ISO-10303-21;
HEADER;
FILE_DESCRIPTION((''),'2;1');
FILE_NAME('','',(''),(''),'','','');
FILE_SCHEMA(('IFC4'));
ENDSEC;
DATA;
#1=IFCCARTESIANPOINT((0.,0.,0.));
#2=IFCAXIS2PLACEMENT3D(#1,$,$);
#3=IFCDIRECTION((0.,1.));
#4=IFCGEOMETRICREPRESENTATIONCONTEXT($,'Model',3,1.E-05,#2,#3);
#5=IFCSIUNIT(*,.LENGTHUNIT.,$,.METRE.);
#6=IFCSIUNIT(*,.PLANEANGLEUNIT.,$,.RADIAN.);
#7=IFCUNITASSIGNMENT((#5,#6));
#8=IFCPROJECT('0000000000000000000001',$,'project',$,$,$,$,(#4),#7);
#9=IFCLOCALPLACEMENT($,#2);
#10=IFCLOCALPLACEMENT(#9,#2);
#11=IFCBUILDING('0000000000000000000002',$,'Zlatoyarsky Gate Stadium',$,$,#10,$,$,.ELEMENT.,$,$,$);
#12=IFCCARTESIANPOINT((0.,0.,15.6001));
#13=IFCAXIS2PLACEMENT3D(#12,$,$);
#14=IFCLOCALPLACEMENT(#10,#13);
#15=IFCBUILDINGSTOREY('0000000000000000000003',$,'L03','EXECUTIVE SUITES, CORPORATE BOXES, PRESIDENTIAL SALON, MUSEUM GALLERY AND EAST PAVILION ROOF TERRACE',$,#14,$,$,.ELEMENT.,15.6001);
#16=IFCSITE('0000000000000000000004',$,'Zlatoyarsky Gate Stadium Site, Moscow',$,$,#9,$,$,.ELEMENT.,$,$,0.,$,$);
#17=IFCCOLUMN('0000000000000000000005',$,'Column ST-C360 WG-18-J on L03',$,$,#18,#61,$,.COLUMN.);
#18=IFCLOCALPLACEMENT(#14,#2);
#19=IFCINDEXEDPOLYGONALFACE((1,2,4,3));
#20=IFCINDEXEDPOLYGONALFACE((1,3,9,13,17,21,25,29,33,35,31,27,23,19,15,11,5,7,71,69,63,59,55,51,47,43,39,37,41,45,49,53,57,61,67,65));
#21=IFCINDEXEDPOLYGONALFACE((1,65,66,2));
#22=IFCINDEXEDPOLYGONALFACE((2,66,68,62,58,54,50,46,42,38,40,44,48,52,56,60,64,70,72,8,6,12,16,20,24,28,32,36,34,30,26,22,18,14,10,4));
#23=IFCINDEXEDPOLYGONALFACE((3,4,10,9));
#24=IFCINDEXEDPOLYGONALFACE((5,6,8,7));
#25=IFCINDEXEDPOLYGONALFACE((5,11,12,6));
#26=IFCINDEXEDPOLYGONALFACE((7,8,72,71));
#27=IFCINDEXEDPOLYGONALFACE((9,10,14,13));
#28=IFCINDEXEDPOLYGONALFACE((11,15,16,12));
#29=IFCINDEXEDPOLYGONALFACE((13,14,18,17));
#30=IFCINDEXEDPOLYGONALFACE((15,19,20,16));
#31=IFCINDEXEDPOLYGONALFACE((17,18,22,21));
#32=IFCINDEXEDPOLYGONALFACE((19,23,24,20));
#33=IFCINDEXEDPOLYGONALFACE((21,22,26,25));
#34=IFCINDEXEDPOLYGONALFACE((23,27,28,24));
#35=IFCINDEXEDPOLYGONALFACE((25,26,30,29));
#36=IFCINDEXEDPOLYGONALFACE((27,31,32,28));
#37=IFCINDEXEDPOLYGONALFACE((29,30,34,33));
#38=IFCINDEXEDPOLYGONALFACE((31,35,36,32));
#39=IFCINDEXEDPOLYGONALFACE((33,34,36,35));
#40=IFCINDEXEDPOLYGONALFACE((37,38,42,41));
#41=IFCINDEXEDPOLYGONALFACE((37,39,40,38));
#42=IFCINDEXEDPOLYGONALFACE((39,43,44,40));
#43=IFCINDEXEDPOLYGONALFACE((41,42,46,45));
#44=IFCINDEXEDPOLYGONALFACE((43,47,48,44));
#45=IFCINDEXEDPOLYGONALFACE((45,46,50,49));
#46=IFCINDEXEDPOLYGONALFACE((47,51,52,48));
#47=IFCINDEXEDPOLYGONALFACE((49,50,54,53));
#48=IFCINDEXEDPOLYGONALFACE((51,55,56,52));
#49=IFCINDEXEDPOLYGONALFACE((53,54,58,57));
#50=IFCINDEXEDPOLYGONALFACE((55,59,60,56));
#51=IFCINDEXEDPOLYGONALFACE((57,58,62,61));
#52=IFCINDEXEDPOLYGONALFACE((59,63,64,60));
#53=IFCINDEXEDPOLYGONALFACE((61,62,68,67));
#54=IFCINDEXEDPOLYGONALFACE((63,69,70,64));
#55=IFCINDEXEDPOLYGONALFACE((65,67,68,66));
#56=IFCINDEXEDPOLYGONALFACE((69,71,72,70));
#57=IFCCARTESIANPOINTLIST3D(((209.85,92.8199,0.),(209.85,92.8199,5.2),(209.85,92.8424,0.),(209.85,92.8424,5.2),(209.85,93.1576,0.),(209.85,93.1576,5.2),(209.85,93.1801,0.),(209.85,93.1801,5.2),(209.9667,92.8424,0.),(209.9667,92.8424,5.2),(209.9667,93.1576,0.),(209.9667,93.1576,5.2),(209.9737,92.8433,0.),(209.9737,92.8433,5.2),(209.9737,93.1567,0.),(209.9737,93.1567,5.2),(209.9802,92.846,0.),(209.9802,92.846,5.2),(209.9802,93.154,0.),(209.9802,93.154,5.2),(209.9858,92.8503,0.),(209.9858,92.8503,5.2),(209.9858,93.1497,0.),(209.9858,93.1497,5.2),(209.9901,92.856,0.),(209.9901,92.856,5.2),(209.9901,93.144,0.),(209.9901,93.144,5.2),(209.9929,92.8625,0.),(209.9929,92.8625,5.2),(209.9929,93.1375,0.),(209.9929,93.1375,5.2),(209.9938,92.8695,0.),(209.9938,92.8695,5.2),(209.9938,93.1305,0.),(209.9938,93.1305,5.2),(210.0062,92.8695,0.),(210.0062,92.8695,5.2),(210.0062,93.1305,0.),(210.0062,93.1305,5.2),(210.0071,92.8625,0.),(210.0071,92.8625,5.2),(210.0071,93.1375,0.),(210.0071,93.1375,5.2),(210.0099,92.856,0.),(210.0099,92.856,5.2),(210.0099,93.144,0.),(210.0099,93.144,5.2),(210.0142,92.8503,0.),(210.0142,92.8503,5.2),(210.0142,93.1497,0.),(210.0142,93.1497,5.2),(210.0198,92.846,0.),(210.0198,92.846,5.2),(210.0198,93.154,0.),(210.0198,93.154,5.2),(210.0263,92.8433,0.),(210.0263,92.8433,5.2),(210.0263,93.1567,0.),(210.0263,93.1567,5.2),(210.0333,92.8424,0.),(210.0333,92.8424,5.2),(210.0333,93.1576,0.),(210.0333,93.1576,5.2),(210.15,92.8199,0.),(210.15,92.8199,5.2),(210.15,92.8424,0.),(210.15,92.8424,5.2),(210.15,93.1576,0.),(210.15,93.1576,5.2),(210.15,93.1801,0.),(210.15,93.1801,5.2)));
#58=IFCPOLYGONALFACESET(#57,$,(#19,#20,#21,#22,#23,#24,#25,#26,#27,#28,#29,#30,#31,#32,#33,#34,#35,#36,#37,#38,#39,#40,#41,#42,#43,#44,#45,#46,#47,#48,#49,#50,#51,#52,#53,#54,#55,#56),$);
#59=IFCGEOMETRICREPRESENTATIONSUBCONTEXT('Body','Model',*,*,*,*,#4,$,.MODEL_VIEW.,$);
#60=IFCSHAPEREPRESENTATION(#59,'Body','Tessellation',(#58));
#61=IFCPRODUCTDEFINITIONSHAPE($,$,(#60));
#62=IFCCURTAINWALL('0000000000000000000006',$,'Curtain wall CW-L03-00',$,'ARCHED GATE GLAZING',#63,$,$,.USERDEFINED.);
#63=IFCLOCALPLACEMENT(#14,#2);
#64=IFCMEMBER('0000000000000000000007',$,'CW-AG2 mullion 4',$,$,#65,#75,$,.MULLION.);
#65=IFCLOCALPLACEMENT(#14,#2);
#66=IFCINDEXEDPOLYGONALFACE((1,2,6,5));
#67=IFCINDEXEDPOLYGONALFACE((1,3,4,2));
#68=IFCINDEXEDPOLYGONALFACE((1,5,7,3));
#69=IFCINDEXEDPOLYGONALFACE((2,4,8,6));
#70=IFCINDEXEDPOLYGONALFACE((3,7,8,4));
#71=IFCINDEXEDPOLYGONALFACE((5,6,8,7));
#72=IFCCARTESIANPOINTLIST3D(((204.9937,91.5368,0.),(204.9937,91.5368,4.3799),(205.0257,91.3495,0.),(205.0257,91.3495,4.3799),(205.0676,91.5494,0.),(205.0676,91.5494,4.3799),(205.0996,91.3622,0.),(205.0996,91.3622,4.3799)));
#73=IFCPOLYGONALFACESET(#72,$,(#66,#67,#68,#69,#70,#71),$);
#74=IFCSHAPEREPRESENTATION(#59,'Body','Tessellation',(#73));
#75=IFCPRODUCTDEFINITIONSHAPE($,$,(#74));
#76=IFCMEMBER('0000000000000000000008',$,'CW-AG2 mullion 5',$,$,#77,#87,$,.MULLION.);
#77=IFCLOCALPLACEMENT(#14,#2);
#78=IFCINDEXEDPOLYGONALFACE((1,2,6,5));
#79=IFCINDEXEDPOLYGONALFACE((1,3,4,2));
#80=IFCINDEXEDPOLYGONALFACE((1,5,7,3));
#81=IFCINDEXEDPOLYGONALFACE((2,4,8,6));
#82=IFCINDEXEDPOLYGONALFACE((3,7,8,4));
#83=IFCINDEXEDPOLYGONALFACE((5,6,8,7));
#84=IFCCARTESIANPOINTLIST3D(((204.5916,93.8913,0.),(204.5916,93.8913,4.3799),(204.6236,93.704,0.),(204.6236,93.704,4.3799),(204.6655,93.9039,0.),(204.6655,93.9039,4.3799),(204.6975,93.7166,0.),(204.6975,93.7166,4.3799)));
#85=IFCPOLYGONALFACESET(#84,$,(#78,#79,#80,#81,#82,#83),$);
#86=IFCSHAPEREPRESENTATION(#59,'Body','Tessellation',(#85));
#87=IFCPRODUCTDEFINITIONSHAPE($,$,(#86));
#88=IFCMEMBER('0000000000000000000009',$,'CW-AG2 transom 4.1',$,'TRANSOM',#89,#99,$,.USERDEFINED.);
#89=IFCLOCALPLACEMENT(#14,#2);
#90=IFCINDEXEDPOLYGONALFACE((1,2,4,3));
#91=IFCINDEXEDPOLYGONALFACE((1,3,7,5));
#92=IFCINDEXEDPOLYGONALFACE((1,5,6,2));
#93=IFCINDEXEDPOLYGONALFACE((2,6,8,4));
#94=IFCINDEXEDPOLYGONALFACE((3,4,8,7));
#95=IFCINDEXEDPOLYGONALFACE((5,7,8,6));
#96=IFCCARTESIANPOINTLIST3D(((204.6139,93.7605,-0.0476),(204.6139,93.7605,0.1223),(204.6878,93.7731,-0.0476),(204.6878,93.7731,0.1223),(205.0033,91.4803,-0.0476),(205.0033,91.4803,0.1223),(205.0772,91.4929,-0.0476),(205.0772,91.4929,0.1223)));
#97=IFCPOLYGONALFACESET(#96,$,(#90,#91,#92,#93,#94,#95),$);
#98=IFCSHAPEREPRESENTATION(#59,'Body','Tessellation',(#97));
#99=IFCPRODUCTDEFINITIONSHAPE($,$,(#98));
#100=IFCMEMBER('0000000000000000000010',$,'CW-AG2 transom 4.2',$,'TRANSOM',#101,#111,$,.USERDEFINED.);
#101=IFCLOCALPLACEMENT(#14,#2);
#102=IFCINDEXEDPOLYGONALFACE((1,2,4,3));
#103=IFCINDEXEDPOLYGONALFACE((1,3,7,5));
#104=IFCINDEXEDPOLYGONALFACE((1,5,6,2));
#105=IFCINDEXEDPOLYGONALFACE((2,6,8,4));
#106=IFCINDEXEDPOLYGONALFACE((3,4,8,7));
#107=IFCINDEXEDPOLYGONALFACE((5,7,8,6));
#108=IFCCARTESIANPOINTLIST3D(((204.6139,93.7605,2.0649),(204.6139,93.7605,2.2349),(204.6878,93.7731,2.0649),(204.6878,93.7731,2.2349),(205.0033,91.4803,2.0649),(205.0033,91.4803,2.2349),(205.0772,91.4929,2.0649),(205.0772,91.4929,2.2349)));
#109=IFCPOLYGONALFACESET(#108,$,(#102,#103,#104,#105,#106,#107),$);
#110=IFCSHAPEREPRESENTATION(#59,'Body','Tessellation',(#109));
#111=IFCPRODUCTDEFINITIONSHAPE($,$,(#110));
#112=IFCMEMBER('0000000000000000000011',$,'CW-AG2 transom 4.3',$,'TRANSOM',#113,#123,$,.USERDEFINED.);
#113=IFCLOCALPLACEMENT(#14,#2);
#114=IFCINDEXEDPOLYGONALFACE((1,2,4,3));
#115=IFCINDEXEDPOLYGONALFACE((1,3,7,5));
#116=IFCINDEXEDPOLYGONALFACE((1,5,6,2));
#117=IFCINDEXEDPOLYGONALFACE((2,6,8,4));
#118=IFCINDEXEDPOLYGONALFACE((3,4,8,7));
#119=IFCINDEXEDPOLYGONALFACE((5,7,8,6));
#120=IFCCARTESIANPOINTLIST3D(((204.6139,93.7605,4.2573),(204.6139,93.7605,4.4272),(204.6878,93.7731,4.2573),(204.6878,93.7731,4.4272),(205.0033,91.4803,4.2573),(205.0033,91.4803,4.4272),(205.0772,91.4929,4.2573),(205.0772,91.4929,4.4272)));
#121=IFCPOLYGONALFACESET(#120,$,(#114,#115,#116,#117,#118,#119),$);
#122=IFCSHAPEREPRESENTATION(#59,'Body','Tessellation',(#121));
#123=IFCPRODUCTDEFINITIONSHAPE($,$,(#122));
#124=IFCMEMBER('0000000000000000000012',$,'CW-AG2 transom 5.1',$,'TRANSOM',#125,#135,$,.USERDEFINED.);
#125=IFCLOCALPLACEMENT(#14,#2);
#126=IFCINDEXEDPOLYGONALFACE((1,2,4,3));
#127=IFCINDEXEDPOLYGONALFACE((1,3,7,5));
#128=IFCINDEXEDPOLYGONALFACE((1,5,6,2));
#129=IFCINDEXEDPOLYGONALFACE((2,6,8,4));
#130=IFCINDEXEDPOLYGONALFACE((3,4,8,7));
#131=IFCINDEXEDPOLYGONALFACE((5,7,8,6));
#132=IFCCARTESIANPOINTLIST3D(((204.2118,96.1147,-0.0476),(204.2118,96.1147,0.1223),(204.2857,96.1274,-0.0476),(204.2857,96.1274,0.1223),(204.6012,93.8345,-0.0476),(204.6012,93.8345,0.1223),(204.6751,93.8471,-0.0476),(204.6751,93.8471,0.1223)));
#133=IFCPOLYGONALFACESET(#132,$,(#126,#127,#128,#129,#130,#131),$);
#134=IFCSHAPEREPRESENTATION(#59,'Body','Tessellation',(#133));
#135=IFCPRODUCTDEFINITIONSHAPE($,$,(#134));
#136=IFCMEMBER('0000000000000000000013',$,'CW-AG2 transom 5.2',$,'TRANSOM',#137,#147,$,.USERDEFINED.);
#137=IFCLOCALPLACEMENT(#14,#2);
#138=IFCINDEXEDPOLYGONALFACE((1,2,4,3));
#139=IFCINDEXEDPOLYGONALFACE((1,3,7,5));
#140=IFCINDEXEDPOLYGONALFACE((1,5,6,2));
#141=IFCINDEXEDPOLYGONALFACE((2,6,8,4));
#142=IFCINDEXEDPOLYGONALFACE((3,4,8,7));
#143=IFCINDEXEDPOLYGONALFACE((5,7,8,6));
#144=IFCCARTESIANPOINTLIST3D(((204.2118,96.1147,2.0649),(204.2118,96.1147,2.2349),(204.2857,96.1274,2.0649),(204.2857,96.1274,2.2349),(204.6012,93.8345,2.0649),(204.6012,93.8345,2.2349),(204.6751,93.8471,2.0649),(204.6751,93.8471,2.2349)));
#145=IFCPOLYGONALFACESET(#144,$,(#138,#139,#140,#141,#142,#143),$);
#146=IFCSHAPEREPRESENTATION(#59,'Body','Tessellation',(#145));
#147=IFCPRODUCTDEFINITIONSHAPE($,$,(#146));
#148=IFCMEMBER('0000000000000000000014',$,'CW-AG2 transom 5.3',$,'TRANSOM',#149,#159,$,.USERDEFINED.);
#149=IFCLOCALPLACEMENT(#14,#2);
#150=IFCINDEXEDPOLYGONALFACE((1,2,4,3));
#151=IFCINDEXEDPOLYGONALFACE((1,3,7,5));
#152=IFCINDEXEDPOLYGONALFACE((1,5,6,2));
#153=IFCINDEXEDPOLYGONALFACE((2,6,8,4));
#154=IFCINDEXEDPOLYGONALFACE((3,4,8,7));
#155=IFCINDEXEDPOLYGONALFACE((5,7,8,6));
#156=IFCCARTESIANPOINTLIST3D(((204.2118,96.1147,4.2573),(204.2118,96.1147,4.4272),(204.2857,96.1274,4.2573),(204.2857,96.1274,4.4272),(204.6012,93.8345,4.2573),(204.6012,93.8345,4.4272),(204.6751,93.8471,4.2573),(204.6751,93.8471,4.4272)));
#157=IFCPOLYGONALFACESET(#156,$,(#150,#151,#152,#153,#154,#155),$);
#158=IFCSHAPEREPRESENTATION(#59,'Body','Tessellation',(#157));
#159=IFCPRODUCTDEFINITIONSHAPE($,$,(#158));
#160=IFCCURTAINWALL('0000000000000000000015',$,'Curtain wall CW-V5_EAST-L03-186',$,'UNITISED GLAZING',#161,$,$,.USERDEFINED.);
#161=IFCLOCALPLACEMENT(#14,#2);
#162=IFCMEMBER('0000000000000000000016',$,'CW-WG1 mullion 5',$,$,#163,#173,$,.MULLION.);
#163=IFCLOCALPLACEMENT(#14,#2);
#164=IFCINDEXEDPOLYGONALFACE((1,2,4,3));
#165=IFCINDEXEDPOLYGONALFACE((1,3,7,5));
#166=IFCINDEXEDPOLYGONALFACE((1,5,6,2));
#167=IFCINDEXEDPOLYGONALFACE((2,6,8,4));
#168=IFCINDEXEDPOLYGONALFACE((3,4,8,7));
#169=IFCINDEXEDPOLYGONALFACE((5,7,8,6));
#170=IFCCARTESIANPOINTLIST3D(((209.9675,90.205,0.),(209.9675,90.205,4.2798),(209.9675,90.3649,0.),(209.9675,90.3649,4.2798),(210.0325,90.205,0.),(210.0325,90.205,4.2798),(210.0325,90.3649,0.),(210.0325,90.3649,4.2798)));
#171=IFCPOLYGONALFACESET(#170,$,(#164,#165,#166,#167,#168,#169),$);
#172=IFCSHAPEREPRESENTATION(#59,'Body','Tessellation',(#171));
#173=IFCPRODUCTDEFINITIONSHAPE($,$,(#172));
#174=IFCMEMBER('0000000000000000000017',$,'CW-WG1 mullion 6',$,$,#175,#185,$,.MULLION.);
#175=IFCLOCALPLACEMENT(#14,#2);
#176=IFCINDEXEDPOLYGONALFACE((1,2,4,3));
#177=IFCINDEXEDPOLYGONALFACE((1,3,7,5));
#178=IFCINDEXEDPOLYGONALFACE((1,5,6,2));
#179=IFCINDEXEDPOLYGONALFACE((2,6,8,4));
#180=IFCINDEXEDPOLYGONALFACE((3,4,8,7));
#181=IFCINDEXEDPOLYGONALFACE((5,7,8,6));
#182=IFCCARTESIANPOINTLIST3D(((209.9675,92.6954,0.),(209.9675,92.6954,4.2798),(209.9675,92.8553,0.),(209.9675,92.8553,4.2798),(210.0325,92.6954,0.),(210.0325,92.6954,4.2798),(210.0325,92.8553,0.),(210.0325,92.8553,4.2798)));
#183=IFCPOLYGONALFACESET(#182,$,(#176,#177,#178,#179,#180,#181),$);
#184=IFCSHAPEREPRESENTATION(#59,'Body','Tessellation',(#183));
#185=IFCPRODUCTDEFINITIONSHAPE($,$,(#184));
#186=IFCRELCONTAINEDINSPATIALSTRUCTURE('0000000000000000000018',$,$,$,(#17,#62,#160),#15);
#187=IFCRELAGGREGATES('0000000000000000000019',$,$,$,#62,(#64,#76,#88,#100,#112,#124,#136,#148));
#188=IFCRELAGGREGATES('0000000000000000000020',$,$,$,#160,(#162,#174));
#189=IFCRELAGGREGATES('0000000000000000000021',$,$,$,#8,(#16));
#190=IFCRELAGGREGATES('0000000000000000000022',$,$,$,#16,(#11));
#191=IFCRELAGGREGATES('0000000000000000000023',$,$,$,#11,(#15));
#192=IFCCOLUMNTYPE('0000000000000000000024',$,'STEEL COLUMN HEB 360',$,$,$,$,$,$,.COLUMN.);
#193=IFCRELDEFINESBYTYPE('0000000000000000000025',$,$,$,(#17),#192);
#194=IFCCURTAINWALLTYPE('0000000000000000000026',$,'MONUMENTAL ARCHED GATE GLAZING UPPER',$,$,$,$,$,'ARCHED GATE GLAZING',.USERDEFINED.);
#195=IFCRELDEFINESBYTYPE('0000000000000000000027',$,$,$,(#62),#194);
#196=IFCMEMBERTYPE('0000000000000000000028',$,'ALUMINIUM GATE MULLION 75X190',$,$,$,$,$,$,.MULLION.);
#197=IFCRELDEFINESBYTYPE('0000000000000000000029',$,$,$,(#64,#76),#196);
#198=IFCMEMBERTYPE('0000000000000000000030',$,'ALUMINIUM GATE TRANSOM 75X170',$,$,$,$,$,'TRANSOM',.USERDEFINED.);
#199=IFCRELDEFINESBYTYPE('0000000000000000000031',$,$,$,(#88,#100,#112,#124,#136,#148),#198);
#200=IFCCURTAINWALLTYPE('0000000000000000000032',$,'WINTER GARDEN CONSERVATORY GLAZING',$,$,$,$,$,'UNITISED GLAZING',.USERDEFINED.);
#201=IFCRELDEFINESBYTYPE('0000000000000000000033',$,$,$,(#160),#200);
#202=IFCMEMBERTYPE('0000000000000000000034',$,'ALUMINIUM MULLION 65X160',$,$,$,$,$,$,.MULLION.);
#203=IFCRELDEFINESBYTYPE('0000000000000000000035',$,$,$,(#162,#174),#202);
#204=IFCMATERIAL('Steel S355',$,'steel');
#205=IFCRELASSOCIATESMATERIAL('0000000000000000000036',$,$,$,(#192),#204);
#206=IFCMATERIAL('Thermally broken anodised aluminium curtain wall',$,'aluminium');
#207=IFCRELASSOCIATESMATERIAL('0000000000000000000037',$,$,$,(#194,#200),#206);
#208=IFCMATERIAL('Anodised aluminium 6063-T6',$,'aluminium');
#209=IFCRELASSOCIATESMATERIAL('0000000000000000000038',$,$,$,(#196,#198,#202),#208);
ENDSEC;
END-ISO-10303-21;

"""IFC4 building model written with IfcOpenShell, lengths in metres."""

from ifc_helpers import new_model, si_unit, direction, frame, origin, origin_2d, place, context, subcontext, project, spatial, rectangle, i_section, extrude, material, material_profile, profile_set, type_object, element, aggregate, save


model = new_model("IFC4")

# Units and contexts
model_context = context("Model", 3, precision=1e-05, world=origin(), true_north=direction((0.0, 1.0)))
body_context = subcontext(model_context, "Body", "Model", "MODEL_VIEW")
ifc_project = project(units=[si_unit("LENGTHUNIT", "METRE"), si_unit("PLANEANGLEUNIT", "RADIAN")], contexts=[model_context])

# Site, building, storey
site_placement = place(None, origin())
site = spatial("IfcSite", under=ifc_project, at=site_placement, Name="Zlatoyarsky Gate Stadium Site, Moscow", CompositionType="ELEMENT", RefElevation=0.0)
building_placement = place(site_placement, origin())
building = spatial("IfcBuilding", under=site, at=building_placement, Name="Zlatoyarsky Gate Stadium", CompositionType="ELEMENT")
storey_placement = place(building_placement, frame((0.0, 0.0, 15.6001)))
storey = spatial("IfcBuildingStorey", under=building, at=storey_placement, Name="L03", Description="EXECUTIVE SUITES, CORPORATE BOXES, PRESIDENTIAL SALON, MUSEUM GALLERY AND EAST PAVILION ROOF TERRACE", CompositionType="ELEMENT", Elevation=15.6001)

# Column
ifc_material_1 = material(Name="Steel S355", Category="steel")
ifc_material_profile_1 = material_profile(ifc_material_1, i_section(OverallWidth=0.3, OverallDepth=0.3601, WebThickness=0.0125, FlangeThickness=0.0225, FilletRadius=0.0271, at=origin_2d()), Name="HEB 360")
ifc_profile_set_1 = profile_set([ifc_material_profile_1], Name="Steel S355")
column_type = type_object("IfcColumnType", Name="STEEL COLUMN HEB 360", PredefinedType="COLUMN", material=ifc_profile_set_1)
column_placement = place(storey_placement, frame((210.0, 93.0, 0.0), z_axis=(0.0, 0.0, 1.0), x_axis=(1.0, 0.0, 0.0)))
element("IfcColumn", 1, at=column_placement, inside=storey, type_object=column_type, Name="Column ST-C360 WG-18-J on L03", PredefinedType="COLUMN", context=body_context, shape_type="SweptSolid", body=[
    extrude(i_section(OverallWidth=0.3, OverallDepth=0.3601, WebThickness=0.0125, FlangeThickness=0.0225, FilletRadius=0.0271, at=origin_2d()), origin(), (0.0, 0.0, 1.0), 5.2),
])

# Curtain walls, members
ifc_material_2 = material(Name="Thermally broken anodised aluminium curtain wall", Category="aluminium")
curtain_wall_type_1 = type_object("IfcCurtainWallType", Name="MONUMENTAL ARCHED GATE GLAZING UPPER", ElementType="ARCHED GATE GLAZING", PredefinedType="USERDEFINED", material=ifc_material_2)
curtain_wall_1_placement = place(storey_placement, origin())
curtain_wall_1 = element("IfcCurtainWall", 2, at=curtain_wall_1_placement, inside=storey, type_object=curtain_wall_type_1, Name="Curtain wall CW-L03-00", ObjectType="ARCHED GATE GLAZING", PredefinedType="USERDEFINED")
ifc_material_3 = material(Name="Anodised aluminium 6063-T6", Category="aluminium")
ifc_material_profile_2 = material_profile(ifc_material_3, rectangle(XDim=0.075, YDim=0.1899, at=origin_2d()), Name="ALU 75X190")
ifc_profile_set_2 = profile_set([ifc_material_profile_2], Name="Anodised aluminium 6063-T6")
member_type_1 = type_object("IfcMemberType", Name="ALUMINIUM GATE MULLION 75X190", PredefinedType="MULLION", material=ifc_profile_set_2)
member_1_placement = place(storey_placement, frame((205.0466, 91.4495, 0.0), z_axis=(0.0, 0.0, 1.0), x_axis=(-0.985727, -0.168354, 0.0)))
member_1 = element("IfcMember", 3, at=member_1_placement, type_object=member_type_1, Name="CW-AG2 mullion 4", PredefinedType="MULLION", context=body_context, shape_type="SweptSolid", body=[
    extrude(rectangle(XDim=0.075, YDim=0.1899, at=origin_2d()), origin(), (0.0, 0.0, 1.0), 4.3799),
])
member_2_placement = place(storey_placement, frame((204.6445, 93.804, 0.0), z_axis=(0.0, 0.0, 1.0), x_axis=(-0.985727, -0.168354, 0.0)))
member_2 = element("IfcMember", 4, at=member_2_placement, type_object=member_type_1, Name="CW-AG2 mullion 5", PredefinedType="MULLION", context=body_context, shape_type="SweptSolid", body=[
    extrude(rectangle(XDim=0.075, YDim=0.1899, at=origin_2d()), origin(), (0.0, 0.0, 1.0), 4.3799),
])
ifc_material_profile_3 = material_profile(ifc_material_3, rectangle(XDim=0.075, YDim=0.1699, at=origin_2d()), Name="ALU 75X170")
ifc_profile_set_3 = profile_set([ifc_material_profile_3], Name="Anodised aluminium 6063-T6")
member_type_2 = type_object("IfcMemberType", Name="ALUMINIUM GATE TRANSOM 75X170", ElementType="TRANSOM", PredefinedType="USERDEFINED", material=ifc_profile_set_3)
member_3_placement = place(storey_placement, frame((205.0403, 91.4866, 0.0374), z_axis=(-0.168334, 0.98573, 0.0), x_axis=(-0.98573, -0.168334, 0.0)))
member_3 = element("IfcMember", 5, at=member_3_placement, type_object=member_type_2, Name="CW-AG2 transom 4.1", ObjectType="TRANSOM", PredefinedType="USERDEFINED", context=body_context, shape_type="SweptSolid", body=[
    extrude(rectangle(XDim=0.075, YDim=0.1699, at=origin_2d()), origin(), (0.0, 0.0, 1.0), 2.3132),
])
member_4_placement = place(storey_placement, frame((205.0403, 91.4866, 2.1499), z_axis=(-0.168334, 0.98573, 0.0), x_axis=(-0.98573, -0.168334, 0.0)))
member_4 = element("IfcMember", 6, at=member_4_placement, type_object=member_type_2, Name="CW-AG2 transom 4.2", ObjectType="TRANSOM", PredefinedType="USERDEFINED", context=body_context, shape_type="SweptSolid", body=[
    extrude(rectangle(XDim=0.075, YDim=0.1699, at=origin_2d()), origin(), (0.0, 0.0, 1.0), 2.3132),
])
member_5_placement = place(storey_placement, frame((205.0403, 91.4866, 4.3423), z_axis=(-0.168334, 0.98573, 0.0), x_axis=(-0.98573, -0.168334, 0.0)))
member_5 = element("IfcMember", 7, at=member_5_placement, type_object=member_type_2, Name="CW-AG2 transom 4.3", ObjectType="TRANSOM", PredefinedType="USERDEFINED", context=body_context, shape_type="SweptSolid", body=[
    extrude(rectangle(XDim=0.075, YDim=0.1699, at=origin_2d()), origin(), (0.0, 0.0, 1.0), 2.3132),
])
member_6_placement = place(storey_placement, frame((204.6382, 93.8408, 0.0374), z_axis=(-0.168334, 0.98573, 0.0), x_axis=(-0.98573, -0.168334, 0.0)))
member_6 = element("IfcMember", 8, at=member_6_placement, type_object=member_type_2, Name="CW-AG2 transom 5.1", ObjectType="TRANSOM", PredefinedType="USERDEFINED", context=body_context, shape_type="SweptSolid", body=[
    extrude(rectangle(XDim=0.075, YDim=0.1699, at=origin_2d()), origin(), (0.0, 0.0, 1.0), 2.3132),
])
member_7_placement = place(storey_placement, frame((204.6382, 93.8408, 2.1499), z_axis=(-0.168334, 0.98573, 0.0), x_axis=(-0.98573, -0.168334, 0.0)))
member_7 = element("IfcMember", 9, at=member_7_placement, type_object=member_type_2, Name="CW-AG2 transom 5.2", ObjectType="TRANSOM", PredefinedType="USERDEFINED", context=body_context, shape_type="SweptSolid", body=[
    extrude(rectangle(XDim=0.075, YDim=0.1699, at=origin_2d()), origin(), (0.0, 0.0, 1.0), 2.3132),
])
member_8_placement = place(storey_placement, frame((204.6382, 93.8408, 4.3423), z_axis=(-0.168334, 0.98573, 0.0), x_axis=(-0.98573, -0.168334, 0.0)))
member_8 = element("IfcMember", 10, at=member_8_placement, type_object=member_type_2, Name="CW-AG2 transom 5.3", ObjectType="TRANSOM", PredefinedType="USERDEFINED", context=body_context, shape_type="SweptSolid", body=[
    extrude(rectangle(XDim=0.075, YDim=0.1699, at=origin_2d()), origin(), (0.0, 0.0, 1.0), 2.3132),
])
curtain_wall_type_2 = type_object("IfcCurtainWallType", Name="WINTER GARDEN CONSERVATORY GLAZING", ElementType="UNITISED GLAZING", PredefinedType="USERDEFINED", material=ifc_material_2)
curtain_wall_2_placement = place(storey_placement, origin())
curtain_wall_2 = element("IfcCurtainWall", 11, at=curtain_wall_2_placement, inside=storey, type_object=curtain_wall_type_2, Name="Curtain wall CW-V5_EAST-L03-186", ObjectType="UNITISED GLAZING", PredefinedType="USERDEFINED")
ifc_material_profile_4 = material_profile(ifc_material_3, rectangle(XDim=0.0649, YDim=0.1599, at=origin_2d()), Name="ALU 65X160")
ifc_profile_set_4 = profile_set([ifc_material_profile_4], Name="Anodised aluminium 6063-T6")
member_type_3 = type_object("IfcMemberType", Name="ALUMINIUM MULLION 65X160", PredefinedType="MULLION", material=ifc_profile_set_4)
member_9_placement = place(storey_placement, frame((210.0, 90.2849, 0.0), z_axis=(0.0, 0.0, 1.0), x_axis=(-1.0, 0.0, 0.0)))
member_9 = element("IfcMember", 12, at=member_9_placement, type_object=member_type_3, Name="CW-WG1 mullion 5", PredefinedType="MULLION", context=body_context, shape_type="SweptSolid", body=[
    extrude(rectangle(XDim=0.0649, YDim=0.1599, at=origin_2d()), origin(), (0.0, 0.0, 1.0), 4.2798),
])
member_10_placement = place(storey_placement, frame((210.0, 92.7754, 0.0), z_axis=(0.0, 0.0, 1.0), x_axis=(-1.0, 0.0, 0.0)))
member_10 = element("IfcMember", 13, at=member_10_placement, type_object=member_type_3, Name="CW-WG1 mullion 6", PredefinedType="MULLION", context=body_context, shape_type="SweptSolid", body=[
    extrude(rectangle(XDim=0.0649, YDim=0.1599, at=origin_2d()), origin(), (0.0, 0.0, 1.0), 4.2798),
])

aggregate(curtain_wall_1, [member_1, member_2, member_3, member_4, member_5, member_6, member_7, member_8])
aggregate(curtain_wall_2, [member_9, member_10])

save(model, "model.ifc")
